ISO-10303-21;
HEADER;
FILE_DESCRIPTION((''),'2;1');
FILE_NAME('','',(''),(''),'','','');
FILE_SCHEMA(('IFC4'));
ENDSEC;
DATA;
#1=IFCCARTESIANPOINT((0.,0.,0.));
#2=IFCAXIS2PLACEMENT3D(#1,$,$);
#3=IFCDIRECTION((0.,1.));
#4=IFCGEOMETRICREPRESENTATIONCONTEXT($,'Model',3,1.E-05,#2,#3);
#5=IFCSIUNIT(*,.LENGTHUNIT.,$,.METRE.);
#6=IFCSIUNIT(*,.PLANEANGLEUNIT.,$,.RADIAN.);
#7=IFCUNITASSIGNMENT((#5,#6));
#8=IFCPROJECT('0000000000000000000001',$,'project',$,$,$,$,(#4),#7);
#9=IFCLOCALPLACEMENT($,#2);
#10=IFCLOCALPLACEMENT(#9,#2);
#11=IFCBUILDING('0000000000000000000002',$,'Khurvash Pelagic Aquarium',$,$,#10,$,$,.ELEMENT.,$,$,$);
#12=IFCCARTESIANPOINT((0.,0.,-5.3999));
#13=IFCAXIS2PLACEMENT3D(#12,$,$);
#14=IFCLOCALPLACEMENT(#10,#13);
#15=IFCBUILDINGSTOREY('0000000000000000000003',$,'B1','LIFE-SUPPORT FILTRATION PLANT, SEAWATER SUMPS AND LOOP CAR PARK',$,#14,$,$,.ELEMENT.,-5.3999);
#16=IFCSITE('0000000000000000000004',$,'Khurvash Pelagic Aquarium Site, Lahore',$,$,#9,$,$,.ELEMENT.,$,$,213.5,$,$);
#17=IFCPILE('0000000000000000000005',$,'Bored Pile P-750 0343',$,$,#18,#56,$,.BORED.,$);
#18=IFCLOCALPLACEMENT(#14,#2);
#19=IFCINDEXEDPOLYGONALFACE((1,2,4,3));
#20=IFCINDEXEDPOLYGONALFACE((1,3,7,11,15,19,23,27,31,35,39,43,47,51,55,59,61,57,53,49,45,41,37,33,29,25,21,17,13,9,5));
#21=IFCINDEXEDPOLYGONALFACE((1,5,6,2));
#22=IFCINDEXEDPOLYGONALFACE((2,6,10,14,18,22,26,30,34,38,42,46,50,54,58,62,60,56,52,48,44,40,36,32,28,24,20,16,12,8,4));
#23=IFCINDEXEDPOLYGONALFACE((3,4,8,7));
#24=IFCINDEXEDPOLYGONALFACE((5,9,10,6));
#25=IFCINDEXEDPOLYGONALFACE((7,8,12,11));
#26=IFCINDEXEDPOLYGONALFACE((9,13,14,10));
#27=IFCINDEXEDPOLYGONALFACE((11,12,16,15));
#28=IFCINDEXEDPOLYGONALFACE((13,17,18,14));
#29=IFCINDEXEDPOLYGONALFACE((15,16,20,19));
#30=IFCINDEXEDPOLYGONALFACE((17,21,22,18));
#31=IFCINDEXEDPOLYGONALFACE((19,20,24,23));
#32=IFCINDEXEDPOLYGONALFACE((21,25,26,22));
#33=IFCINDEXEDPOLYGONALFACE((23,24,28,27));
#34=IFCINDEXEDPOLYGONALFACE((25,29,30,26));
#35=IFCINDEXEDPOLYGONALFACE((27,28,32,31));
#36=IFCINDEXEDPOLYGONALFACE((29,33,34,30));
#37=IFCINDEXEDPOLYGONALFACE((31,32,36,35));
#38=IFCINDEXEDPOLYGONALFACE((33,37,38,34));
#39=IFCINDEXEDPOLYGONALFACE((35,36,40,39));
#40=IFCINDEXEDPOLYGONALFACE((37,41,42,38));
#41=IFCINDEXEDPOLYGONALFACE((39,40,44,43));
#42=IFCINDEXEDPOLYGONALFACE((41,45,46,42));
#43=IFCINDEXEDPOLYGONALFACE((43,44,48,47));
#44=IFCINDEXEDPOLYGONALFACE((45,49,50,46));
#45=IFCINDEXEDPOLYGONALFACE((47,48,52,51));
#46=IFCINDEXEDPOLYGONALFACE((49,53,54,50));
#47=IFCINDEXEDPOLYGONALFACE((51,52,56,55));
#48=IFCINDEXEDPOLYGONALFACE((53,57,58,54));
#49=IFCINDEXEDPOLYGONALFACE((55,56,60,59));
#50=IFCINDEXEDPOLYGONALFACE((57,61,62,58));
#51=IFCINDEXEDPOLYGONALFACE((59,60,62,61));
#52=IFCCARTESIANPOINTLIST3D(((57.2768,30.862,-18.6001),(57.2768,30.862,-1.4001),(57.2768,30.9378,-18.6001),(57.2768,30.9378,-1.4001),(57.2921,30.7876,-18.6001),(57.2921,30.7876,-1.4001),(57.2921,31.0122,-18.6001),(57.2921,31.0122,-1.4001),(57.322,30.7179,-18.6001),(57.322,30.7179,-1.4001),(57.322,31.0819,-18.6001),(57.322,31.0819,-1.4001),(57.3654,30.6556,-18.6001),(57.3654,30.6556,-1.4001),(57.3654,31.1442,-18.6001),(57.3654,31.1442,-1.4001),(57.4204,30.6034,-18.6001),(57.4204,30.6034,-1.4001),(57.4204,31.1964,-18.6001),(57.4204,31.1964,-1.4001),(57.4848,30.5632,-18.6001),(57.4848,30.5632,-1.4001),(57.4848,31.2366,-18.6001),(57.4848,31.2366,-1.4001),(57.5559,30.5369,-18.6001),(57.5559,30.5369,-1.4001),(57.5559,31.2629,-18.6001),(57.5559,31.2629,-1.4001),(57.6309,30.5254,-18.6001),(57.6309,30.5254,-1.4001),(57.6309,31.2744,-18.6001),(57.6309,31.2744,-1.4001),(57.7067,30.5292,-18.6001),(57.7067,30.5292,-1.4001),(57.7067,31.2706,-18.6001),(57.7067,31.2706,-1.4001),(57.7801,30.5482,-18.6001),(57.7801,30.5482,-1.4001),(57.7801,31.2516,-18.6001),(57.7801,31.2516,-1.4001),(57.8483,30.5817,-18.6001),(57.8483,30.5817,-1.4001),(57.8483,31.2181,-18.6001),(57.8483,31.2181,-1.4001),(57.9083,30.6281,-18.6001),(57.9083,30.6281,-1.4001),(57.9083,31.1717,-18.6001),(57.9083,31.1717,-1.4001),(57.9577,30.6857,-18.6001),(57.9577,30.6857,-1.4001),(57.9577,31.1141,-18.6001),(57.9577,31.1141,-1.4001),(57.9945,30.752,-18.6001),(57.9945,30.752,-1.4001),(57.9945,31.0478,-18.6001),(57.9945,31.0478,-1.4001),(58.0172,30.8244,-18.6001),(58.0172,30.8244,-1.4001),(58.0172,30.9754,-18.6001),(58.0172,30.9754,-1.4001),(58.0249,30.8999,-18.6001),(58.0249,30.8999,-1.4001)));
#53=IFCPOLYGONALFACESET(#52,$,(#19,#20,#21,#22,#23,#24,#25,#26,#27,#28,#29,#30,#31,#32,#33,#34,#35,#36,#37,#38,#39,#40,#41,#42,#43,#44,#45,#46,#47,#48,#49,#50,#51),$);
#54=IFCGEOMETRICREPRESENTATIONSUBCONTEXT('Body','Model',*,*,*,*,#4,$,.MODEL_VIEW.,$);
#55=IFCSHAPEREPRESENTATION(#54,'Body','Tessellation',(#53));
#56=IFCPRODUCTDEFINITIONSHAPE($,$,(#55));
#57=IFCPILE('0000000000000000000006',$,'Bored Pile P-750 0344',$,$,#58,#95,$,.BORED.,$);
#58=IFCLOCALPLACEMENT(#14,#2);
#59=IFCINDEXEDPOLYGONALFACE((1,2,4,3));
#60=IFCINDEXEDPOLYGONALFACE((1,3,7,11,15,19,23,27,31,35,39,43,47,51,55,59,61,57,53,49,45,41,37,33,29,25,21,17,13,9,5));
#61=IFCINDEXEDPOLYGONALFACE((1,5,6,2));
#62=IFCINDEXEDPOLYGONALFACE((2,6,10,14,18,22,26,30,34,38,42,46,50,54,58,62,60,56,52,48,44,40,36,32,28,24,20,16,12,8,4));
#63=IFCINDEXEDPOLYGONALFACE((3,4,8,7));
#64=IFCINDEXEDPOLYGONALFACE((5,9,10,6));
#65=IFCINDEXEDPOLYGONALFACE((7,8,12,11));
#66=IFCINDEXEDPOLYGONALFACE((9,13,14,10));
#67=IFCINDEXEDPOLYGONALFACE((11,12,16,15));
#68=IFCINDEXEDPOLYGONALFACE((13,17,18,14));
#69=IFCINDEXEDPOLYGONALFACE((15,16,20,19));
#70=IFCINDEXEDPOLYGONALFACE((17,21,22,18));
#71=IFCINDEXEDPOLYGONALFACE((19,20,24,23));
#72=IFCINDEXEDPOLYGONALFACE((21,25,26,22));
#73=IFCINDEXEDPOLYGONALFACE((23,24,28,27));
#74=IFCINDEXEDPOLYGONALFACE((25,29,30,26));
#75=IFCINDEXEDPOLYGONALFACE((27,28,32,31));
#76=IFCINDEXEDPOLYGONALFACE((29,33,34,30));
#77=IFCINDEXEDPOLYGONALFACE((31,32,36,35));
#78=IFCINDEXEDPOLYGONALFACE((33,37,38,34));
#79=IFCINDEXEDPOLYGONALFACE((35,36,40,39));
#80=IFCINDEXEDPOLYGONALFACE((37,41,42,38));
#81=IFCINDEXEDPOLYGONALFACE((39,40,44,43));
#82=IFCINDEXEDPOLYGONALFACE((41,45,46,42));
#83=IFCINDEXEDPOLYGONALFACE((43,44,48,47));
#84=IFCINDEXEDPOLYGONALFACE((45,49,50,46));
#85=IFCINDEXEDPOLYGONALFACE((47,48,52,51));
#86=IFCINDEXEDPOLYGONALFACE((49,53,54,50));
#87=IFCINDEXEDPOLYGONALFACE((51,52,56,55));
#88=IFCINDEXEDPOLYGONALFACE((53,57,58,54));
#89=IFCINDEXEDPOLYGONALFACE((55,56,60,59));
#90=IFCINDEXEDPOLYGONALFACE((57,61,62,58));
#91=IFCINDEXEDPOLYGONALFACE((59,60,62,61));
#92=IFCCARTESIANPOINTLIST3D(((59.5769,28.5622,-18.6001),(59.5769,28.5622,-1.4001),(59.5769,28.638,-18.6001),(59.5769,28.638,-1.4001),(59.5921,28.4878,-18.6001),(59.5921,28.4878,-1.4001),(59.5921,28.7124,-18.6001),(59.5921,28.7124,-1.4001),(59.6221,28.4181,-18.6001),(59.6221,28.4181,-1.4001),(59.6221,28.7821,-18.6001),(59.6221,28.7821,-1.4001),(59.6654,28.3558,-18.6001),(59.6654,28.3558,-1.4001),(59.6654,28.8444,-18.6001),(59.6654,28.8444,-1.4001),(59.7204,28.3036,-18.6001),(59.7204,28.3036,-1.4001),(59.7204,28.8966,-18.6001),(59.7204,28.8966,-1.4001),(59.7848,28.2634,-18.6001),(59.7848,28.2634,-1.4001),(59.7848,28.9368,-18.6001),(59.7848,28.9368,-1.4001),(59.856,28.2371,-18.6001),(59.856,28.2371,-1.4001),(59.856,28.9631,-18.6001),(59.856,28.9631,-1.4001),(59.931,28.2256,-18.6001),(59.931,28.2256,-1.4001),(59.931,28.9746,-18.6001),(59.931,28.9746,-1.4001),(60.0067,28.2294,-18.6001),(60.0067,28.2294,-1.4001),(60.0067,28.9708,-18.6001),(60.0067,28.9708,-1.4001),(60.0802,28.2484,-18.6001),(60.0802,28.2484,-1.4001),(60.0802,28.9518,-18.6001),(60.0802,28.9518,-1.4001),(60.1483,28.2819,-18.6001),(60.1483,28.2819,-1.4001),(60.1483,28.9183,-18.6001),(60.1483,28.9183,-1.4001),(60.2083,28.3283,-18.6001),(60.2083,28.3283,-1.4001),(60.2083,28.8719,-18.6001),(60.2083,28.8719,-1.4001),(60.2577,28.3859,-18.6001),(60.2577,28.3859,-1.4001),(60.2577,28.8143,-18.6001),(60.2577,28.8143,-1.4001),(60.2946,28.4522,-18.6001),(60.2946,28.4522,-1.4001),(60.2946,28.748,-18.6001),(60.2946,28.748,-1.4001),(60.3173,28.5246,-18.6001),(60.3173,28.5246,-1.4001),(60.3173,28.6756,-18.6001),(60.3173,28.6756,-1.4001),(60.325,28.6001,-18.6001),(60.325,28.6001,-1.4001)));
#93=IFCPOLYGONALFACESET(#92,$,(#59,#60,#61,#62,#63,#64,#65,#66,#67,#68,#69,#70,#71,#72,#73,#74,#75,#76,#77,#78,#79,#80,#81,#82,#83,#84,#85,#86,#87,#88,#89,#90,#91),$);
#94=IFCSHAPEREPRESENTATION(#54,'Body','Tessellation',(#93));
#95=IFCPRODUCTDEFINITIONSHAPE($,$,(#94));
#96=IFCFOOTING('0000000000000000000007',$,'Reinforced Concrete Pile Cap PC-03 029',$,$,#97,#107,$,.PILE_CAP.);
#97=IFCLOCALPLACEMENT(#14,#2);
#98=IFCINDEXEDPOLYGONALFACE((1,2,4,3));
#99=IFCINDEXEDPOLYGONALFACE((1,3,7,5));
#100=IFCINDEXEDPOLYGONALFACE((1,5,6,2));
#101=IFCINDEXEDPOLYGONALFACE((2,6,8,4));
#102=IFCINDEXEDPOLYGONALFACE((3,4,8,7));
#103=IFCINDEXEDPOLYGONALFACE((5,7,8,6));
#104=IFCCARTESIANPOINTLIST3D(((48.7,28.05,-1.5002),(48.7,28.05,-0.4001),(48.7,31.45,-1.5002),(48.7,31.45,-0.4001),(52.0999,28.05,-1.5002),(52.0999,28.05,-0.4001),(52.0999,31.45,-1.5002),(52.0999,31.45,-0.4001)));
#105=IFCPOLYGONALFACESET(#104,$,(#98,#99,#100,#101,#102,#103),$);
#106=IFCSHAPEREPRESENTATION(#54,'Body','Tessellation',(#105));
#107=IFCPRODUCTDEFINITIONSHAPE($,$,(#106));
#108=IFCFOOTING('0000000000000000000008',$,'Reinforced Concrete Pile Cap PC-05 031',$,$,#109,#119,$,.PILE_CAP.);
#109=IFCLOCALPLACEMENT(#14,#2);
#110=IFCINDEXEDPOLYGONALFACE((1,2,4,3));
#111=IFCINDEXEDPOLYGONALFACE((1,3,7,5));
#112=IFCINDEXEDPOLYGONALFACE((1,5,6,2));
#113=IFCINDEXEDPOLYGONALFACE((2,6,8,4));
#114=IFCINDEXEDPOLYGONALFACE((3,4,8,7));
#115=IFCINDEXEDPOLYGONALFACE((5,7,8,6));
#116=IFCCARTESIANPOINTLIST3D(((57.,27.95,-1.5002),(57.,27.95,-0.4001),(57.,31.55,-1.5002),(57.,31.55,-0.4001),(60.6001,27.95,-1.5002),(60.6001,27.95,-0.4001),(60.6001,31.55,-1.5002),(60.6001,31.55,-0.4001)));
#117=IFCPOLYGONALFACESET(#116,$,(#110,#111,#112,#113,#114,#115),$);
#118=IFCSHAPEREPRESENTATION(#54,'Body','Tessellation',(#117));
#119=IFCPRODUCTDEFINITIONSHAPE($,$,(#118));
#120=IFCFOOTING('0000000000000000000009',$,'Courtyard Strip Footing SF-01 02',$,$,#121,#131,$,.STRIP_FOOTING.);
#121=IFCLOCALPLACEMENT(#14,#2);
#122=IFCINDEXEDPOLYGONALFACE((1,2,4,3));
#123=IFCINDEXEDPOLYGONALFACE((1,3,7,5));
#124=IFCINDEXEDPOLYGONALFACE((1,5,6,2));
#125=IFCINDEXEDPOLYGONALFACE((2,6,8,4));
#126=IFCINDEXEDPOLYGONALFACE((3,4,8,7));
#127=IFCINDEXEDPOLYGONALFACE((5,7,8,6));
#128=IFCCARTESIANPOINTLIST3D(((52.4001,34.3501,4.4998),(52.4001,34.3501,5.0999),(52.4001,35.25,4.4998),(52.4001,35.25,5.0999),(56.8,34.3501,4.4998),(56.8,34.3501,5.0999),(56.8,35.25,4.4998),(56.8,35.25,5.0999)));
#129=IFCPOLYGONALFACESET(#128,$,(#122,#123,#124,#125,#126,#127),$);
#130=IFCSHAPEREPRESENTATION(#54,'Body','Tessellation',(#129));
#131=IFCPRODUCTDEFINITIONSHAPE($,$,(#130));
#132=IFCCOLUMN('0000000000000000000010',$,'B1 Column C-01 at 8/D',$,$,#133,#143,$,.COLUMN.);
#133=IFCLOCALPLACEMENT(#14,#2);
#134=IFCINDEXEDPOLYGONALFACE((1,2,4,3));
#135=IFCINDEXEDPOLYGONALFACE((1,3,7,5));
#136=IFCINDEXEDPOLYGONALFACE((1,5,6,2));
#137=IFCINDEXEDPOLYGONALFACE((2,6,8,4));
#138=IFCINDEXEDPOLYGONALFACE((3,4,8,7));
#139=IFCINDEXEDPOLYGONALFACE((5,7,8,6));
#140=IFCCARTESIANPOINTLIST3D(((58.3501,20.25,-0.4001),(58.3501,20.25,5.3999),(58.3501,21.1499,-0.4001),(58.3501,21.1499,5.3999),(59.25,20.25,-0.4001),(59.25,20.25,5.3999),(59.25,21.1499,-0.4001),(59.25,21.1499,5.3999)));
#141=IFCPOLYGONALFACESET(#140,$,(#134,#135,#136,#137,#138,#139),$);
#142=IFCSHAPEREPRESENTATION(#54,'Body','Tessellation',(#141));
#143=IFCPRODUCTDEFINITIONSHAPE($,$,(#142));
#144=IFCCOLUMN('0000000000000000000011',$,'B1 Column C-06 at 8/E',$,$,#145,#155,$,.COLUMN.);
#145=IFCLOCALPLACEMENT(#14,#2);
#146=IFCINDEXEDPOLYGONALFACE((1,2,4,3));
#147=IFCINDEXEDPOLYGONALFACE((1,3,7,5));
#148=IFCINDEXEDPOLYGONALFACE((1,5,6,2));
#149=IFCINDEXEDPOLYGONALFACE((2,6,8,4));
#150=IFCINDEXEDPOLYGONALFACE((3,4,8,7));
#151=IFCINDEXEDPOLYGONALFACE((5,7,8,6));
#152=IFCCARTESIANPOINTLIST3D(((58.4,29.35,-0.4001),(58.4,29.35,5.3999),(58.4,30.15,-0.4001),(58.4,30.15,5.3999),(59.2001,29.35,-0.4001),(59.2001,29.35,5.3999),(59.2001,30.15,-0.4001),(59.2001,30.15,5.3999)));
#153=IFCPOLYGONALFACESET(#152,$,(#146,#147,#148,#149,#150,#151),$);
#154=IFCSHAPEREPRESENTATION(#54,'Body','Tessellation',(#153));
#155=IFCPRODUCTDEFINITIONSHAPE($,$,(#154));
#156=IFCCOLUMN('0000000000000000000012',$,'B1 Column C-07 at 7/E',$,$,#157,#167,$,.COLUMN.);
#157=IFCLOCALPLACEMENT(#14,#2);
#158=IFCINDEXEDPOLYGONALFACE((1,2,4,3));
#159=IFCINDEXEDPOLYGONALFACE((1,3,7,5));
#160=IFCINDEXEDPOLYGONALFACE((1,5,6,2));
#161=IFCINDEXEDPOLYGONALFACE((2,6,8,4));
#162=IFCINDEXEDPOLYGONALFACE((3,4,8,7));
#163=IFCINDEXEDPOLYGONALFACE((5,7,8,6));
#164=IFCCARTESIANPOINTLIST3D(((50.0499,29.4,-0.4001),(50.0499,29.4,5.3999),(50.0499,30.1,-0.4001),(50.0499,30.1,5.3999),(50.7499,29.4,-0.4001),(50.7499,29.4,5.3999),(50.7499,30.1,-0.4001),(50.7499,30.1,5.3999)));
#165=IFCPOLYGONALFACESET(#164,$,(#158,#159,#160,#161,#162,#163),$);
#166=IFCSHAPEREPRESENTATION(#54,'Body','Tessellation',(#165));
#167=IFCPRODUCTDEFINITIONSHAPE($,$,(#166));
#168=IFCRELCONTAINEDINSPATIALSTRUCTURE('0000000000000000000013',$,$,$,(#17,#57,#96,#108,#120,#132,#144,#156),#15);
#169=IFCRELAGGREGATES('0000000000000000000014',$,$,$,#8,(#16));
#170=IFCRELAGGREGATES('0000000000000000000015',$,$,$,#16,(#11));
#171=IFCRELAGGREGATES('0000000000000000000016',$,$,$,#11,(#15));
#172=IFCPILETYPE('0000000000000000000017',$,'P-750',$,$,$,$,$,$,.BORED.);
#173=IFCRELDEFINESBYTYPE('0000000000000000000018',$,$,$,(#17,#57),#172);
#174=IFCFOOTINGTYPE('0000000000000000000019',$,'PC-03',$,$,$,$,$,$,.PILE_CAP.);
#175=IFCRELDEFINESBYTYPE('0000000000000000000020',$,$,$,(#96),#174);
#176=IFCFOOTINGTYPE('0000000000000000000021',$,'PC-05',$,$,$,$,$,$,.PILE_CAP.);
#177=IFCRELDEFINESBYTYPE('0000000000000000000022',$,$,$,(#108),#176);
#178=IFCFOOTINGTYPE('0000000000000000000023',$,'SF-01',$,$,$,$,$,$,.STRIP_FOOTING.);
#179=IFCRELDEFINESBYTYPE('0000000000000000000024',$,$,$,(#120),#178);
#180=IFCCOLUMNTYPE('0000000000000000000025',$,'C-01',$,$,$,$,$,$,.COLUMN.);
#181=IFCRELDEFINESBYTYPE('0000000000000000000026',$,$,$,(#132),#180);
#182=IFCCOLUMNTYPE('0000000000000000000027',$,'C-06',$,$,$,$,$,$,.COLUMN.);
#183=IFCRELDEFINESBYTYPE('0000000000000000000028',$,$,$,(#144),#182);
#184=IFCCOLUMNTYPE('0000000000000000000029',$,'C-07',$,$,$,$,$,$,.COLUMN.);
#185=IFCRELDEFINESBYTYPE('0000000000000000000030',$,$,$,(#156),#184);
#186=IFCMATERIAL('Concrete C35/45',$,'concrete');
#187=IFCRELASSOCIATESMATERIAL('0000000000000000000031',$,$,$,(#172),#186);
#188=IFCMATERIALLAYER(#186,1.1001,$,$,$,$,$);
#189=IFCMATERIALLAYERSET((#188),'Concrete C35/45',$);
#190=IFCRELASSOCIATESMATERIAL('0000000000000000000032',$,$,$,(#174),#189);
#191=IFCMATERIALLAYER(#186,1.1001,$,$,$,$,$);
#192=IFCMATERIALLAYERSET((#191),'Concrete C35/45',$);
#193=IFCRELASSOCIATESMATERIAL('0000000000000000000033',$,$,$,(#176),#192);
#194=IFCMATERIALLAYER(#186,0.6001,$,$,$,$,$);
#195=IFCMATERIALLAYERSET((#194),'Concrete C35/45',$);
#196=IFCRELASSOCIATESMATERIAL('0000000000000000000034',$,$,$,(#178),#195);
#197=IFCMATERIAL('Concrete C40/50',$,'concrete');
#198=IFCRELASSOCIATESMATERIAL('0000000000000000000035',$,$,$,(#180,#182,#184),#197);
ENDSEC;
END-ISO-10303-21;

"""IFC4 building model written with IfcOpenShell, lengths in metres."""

from ifc_helpers import new_model, si_unit, direction, frame, origin, origin_2d, place, context, subcontext, project, spatial, rectangle, circle, extrude, material, layer, layer_set, material_profile, profile_set, type_object, element, save


model = new_model("IFC4")

# Units and contexts
model_context = context("Model", 3, precision=1e-05, world=origin(), true_north=direction((0.0, 1.0)))
body_context = subcontext(model_context, "Body", "Model", "MODEL_VIEW")
ifc_project = project(units=[si_unit("LENGTHUNIT", "METRE"), si_unit("PLANEANGLEUNIT", "RADIAN")], contexts=[model_context])

# Site, building, storey
site_placement = place(None, origin())
site = spatial("IfcSite", under=ifc_project, at=site_placement, Name="Khurvash Pelagic Aquarium Site, Lahore", CompositionType="ELEMENT", RefElevation=213.5)
building_placement = place(site_placement, origin())
building = spatial("IfcBuilding", under=site, at=building_placement, Name="Khurvash Pelagic Aquarium", CompositionType="ELEMENT")
storey_placement = place(building_placement, frame((0.0, 0.0, -5.3999)))
storey = spatial("IfcBuildingStorey", under=building, at=storey_placement, Name="B1", Description="LIFE-SUPPORT FILTRATION PLANT, SEAWATER SUMPS AND LOOP CAR PARK", CompositionType="ELEMENT", Elevation=-5.3999)

# Shared definitions
ifc_material_1 = material(Name="Concrete C35/45", Category="concrete")

# Piles
ifc_material_profile_1 = material_profile(ifc_material_1, circle(Radius=0.375, at=origin_2d()), Name="PILE750")
ifc_profile_set_1 = profile_set([ifc_material_profile_1], Name="Concrete C35/45")
pile_type = type_object("IfcPileType", Name="P-750", PredefinedType="BORED", material=ifc_profile_set_1)
for number, where, z_axis, x_axis, name in (
    (1, (57.6499, 30.8999, -1.4001), (0.0, 0.0, -1.0), (1.0, 0.0, 0.0), "Bored Pile P-750 0343"),
    (2, (59.95, 28.6001, -1.4001), (0.0, 0.0, -1.0), (1.0, 0.0, 0.0), "Bored Pile P-750 0344"),
):
    element("IfcPile", number, at=place(storey_placement, frame(where, z_axis=z_axis, x_axis=x_axis)), inside=storey, type_object=pile_type, Name=name, PredefinedType="BORED", context=body_context, shape_type="SweptSolid", body=[
        extrude(circle(Radius=0.375, at=origin_2d()), origin(), (0.0, 0.0, 1.0), 17.2),
    ])

# Footings
ifc_layer_1 = layer(ifc_material_1, 1.1001)
ifc_layer_set_1 = layer_set([ifc_layer_1], Name="Concrete C35/45")
footing_type_1 = type_object("IfcFootingType", Name="PC-03", PredefinedType="PILE_CAP", material=ifc_layer_set_1)
footing_1_placement = place(storey_placement, frame((50.3999, 29.75, -1.5002), z_axis=(0.0, 0.0, 1.0), x_axis=(1.0, 0.0, 0.0)))
element("IfcFooting", 3, at=footing_1_placement, inside=storey, type_object=footing_type_1, Name="Reinforced Concrete Pile Cap PC-03 029", PredefinedType="PILE_CAP", context=body_context, shape_type="SweptSolid", body=[
    extrude(rectangle(XDim=3.3999, YDim=3.3999, at=origin_2d()), origin(), (0.0, 0.0, 1.0), 1.1001),
])
ifc_layer_2 = layer(ifc_material_1, 1.1001)
ifc_layer_set_2 = layer_set([ifc_layer_2], Name="Concrete C35/45")
footing_type_2 = type_object("IfcFootingType", Name="PC-05", PredefinedType="PILE_CAP", material=ifc_layer_set_2)
footing_2_placement = place(storey_placement, frame((58.8, 29.75, -1.5002), z_axis=(0.0, 0.0, 1.0), x_axis=(1.0, 0.0, 0.0)))
element("IfcFooting", 4, at=footing_2_placement, inside=storey, type_object=footing_type_2, Name="Reinforced Concrete Pile Cap PC-05 031", PredefinedType="PILE_CAP", context=body_context, shape_type="SweptSolid", body=[
    extrude(rectangle(XDim=3.6001, YDim=3.6001, at=origin_2d()), origin(), (0.0, 0.0, 1.0), 1.1001),
])
ifc_layer_3 = layer(ifc_material_1, 0.6001)
ifc_layer_set_3 = layer_set([ifc_layer_3], Name="Concrete C35/45")
footing_type_3 = type_object("IfcFootingType", Name="SF-01", PredefinedType="STRIP_FOOTING", material=ifc_layer_set_3)
footing_3_placement = place(storey_placement, frame((54.6001, 34.8, 4.4998), z_axis=(0.0, 0.0, 1.0), x_axis=(1.0, 0.0, 0.0)))
element("IfcFooting", 5, at=footing_3_placement, inside=storey, type_object=footing_type_3, Name="Courtyard Strip Footing SF-01 02", PredefinedType="STRIP_FOOTING", context=body_context, shape_type="SweptSolid", body=[
    extrude(rectangle(XDim=4.3999, YDim=0.8999, at=origin_2d()), origin(), (0.0, 0.0, 1.0), 0.6001),
])

# Columns
ifc_material_2 = material(Name="Concrete C40/50", Category="concrete")
ifc_material_profile_2 = material_profile(ifc_material_2, rectangle(XDim=0.8999, YDim=0.8999, at=origin_2d()), Name="RC900X900")
ifc_profile_set_2 = profile_set([ifc_material_profile_2], Name="Concrete C40/50")
column_type_1 = type_object("IfcColumnType", Name="C-01", PredefinedType="COLUMN", material=ifc_profile_set_2)
column_1_placement = place(storey_placement, frame((58.8, 20.7, -0.4001), z_axis=(0.0, 0.0, 1.0), x_axis=(1.0, 0.0, 0.0)))
element("IfcColumn", 6, at=column_1_placement, inside=storey, type_object=column_type_1, Name="B1 Column C-01 at 8/D", PredefinedType="COLUMN", context=body_context, shape_type="SweptSolid", body=[
    extrude(rectangle(XDim=0.8999, YDim=0.8999, at=origin_2d()), origin(), (0.0, 0.0, 1.0), 5.8),
])
ifc_material_profile_3 = material_profile(ifc_material_2, rectangle(XDim=0.8, YDim=0.8, at=origin_2d()), Name="RC800X800")
ifc_profile_set_3 = profile_set([ifc_material_profile_3], Name="Concrete C40/50")
column_type_2 = type_object("IfcColumnType", Name="C-06", PredefinedType="COLUMN", material=ifc_profile_set_3)
column_2_placement = place(storey_placement, frame((58.8, 29.75, -0.4001), z_axis=(0.0, 0.0, 1.0), x_axis=(1.0, 0.0, 0.0)))
element("IfcColumn", 7, at=column_2_placement, inside=storey, type_object=column_type_2, Name="B1 Column C-06 at 8/E", PredefinedType="COLUMN", context=body_context, shape_type="SweptSolid", body=[
    extrude(rectangle(XDim=0.8, YDim=0.8, at=origin_2d()), origin(), (0.0, 0.0, 1.0), 5.8),
])
ifc_material_profile_4 = material_profile(ifc_material_2, rectangle(XDim=0.7, YDim=0.7, at=origin_2d()), Name="RC700X700")
ifc_profile_set_4 = profile_set([ifc_material_profile_4], Name="Concrete C40/50")
column_type_3 = type_object("IfcColumnType", Name="C-07", PredefinedType="COLUMN", material=ifc_profile_set_4)
column_3_placement = place(storey_placement, frame((50.3999, 29.75, -0.4001), z_axis=(0.0, 0.0, 1.0), x_axis=(1.0, 0.0, 0.0)))
element("IfcColumn", 8, at=column_3_placement, inside=storey, type_object=column_type_3, Name="B1 Column C-07 at 7/E", PredefinedType="COLUMN", context=body_context, shape_type="SweptSolid", body=[
    extrude(rectangle(XDim=0.7, YDim=0.7, at=origin_2d()), origin(), (0.0, 0.0, 1.0), 5.8),
])

save(model, "model.ifc")
